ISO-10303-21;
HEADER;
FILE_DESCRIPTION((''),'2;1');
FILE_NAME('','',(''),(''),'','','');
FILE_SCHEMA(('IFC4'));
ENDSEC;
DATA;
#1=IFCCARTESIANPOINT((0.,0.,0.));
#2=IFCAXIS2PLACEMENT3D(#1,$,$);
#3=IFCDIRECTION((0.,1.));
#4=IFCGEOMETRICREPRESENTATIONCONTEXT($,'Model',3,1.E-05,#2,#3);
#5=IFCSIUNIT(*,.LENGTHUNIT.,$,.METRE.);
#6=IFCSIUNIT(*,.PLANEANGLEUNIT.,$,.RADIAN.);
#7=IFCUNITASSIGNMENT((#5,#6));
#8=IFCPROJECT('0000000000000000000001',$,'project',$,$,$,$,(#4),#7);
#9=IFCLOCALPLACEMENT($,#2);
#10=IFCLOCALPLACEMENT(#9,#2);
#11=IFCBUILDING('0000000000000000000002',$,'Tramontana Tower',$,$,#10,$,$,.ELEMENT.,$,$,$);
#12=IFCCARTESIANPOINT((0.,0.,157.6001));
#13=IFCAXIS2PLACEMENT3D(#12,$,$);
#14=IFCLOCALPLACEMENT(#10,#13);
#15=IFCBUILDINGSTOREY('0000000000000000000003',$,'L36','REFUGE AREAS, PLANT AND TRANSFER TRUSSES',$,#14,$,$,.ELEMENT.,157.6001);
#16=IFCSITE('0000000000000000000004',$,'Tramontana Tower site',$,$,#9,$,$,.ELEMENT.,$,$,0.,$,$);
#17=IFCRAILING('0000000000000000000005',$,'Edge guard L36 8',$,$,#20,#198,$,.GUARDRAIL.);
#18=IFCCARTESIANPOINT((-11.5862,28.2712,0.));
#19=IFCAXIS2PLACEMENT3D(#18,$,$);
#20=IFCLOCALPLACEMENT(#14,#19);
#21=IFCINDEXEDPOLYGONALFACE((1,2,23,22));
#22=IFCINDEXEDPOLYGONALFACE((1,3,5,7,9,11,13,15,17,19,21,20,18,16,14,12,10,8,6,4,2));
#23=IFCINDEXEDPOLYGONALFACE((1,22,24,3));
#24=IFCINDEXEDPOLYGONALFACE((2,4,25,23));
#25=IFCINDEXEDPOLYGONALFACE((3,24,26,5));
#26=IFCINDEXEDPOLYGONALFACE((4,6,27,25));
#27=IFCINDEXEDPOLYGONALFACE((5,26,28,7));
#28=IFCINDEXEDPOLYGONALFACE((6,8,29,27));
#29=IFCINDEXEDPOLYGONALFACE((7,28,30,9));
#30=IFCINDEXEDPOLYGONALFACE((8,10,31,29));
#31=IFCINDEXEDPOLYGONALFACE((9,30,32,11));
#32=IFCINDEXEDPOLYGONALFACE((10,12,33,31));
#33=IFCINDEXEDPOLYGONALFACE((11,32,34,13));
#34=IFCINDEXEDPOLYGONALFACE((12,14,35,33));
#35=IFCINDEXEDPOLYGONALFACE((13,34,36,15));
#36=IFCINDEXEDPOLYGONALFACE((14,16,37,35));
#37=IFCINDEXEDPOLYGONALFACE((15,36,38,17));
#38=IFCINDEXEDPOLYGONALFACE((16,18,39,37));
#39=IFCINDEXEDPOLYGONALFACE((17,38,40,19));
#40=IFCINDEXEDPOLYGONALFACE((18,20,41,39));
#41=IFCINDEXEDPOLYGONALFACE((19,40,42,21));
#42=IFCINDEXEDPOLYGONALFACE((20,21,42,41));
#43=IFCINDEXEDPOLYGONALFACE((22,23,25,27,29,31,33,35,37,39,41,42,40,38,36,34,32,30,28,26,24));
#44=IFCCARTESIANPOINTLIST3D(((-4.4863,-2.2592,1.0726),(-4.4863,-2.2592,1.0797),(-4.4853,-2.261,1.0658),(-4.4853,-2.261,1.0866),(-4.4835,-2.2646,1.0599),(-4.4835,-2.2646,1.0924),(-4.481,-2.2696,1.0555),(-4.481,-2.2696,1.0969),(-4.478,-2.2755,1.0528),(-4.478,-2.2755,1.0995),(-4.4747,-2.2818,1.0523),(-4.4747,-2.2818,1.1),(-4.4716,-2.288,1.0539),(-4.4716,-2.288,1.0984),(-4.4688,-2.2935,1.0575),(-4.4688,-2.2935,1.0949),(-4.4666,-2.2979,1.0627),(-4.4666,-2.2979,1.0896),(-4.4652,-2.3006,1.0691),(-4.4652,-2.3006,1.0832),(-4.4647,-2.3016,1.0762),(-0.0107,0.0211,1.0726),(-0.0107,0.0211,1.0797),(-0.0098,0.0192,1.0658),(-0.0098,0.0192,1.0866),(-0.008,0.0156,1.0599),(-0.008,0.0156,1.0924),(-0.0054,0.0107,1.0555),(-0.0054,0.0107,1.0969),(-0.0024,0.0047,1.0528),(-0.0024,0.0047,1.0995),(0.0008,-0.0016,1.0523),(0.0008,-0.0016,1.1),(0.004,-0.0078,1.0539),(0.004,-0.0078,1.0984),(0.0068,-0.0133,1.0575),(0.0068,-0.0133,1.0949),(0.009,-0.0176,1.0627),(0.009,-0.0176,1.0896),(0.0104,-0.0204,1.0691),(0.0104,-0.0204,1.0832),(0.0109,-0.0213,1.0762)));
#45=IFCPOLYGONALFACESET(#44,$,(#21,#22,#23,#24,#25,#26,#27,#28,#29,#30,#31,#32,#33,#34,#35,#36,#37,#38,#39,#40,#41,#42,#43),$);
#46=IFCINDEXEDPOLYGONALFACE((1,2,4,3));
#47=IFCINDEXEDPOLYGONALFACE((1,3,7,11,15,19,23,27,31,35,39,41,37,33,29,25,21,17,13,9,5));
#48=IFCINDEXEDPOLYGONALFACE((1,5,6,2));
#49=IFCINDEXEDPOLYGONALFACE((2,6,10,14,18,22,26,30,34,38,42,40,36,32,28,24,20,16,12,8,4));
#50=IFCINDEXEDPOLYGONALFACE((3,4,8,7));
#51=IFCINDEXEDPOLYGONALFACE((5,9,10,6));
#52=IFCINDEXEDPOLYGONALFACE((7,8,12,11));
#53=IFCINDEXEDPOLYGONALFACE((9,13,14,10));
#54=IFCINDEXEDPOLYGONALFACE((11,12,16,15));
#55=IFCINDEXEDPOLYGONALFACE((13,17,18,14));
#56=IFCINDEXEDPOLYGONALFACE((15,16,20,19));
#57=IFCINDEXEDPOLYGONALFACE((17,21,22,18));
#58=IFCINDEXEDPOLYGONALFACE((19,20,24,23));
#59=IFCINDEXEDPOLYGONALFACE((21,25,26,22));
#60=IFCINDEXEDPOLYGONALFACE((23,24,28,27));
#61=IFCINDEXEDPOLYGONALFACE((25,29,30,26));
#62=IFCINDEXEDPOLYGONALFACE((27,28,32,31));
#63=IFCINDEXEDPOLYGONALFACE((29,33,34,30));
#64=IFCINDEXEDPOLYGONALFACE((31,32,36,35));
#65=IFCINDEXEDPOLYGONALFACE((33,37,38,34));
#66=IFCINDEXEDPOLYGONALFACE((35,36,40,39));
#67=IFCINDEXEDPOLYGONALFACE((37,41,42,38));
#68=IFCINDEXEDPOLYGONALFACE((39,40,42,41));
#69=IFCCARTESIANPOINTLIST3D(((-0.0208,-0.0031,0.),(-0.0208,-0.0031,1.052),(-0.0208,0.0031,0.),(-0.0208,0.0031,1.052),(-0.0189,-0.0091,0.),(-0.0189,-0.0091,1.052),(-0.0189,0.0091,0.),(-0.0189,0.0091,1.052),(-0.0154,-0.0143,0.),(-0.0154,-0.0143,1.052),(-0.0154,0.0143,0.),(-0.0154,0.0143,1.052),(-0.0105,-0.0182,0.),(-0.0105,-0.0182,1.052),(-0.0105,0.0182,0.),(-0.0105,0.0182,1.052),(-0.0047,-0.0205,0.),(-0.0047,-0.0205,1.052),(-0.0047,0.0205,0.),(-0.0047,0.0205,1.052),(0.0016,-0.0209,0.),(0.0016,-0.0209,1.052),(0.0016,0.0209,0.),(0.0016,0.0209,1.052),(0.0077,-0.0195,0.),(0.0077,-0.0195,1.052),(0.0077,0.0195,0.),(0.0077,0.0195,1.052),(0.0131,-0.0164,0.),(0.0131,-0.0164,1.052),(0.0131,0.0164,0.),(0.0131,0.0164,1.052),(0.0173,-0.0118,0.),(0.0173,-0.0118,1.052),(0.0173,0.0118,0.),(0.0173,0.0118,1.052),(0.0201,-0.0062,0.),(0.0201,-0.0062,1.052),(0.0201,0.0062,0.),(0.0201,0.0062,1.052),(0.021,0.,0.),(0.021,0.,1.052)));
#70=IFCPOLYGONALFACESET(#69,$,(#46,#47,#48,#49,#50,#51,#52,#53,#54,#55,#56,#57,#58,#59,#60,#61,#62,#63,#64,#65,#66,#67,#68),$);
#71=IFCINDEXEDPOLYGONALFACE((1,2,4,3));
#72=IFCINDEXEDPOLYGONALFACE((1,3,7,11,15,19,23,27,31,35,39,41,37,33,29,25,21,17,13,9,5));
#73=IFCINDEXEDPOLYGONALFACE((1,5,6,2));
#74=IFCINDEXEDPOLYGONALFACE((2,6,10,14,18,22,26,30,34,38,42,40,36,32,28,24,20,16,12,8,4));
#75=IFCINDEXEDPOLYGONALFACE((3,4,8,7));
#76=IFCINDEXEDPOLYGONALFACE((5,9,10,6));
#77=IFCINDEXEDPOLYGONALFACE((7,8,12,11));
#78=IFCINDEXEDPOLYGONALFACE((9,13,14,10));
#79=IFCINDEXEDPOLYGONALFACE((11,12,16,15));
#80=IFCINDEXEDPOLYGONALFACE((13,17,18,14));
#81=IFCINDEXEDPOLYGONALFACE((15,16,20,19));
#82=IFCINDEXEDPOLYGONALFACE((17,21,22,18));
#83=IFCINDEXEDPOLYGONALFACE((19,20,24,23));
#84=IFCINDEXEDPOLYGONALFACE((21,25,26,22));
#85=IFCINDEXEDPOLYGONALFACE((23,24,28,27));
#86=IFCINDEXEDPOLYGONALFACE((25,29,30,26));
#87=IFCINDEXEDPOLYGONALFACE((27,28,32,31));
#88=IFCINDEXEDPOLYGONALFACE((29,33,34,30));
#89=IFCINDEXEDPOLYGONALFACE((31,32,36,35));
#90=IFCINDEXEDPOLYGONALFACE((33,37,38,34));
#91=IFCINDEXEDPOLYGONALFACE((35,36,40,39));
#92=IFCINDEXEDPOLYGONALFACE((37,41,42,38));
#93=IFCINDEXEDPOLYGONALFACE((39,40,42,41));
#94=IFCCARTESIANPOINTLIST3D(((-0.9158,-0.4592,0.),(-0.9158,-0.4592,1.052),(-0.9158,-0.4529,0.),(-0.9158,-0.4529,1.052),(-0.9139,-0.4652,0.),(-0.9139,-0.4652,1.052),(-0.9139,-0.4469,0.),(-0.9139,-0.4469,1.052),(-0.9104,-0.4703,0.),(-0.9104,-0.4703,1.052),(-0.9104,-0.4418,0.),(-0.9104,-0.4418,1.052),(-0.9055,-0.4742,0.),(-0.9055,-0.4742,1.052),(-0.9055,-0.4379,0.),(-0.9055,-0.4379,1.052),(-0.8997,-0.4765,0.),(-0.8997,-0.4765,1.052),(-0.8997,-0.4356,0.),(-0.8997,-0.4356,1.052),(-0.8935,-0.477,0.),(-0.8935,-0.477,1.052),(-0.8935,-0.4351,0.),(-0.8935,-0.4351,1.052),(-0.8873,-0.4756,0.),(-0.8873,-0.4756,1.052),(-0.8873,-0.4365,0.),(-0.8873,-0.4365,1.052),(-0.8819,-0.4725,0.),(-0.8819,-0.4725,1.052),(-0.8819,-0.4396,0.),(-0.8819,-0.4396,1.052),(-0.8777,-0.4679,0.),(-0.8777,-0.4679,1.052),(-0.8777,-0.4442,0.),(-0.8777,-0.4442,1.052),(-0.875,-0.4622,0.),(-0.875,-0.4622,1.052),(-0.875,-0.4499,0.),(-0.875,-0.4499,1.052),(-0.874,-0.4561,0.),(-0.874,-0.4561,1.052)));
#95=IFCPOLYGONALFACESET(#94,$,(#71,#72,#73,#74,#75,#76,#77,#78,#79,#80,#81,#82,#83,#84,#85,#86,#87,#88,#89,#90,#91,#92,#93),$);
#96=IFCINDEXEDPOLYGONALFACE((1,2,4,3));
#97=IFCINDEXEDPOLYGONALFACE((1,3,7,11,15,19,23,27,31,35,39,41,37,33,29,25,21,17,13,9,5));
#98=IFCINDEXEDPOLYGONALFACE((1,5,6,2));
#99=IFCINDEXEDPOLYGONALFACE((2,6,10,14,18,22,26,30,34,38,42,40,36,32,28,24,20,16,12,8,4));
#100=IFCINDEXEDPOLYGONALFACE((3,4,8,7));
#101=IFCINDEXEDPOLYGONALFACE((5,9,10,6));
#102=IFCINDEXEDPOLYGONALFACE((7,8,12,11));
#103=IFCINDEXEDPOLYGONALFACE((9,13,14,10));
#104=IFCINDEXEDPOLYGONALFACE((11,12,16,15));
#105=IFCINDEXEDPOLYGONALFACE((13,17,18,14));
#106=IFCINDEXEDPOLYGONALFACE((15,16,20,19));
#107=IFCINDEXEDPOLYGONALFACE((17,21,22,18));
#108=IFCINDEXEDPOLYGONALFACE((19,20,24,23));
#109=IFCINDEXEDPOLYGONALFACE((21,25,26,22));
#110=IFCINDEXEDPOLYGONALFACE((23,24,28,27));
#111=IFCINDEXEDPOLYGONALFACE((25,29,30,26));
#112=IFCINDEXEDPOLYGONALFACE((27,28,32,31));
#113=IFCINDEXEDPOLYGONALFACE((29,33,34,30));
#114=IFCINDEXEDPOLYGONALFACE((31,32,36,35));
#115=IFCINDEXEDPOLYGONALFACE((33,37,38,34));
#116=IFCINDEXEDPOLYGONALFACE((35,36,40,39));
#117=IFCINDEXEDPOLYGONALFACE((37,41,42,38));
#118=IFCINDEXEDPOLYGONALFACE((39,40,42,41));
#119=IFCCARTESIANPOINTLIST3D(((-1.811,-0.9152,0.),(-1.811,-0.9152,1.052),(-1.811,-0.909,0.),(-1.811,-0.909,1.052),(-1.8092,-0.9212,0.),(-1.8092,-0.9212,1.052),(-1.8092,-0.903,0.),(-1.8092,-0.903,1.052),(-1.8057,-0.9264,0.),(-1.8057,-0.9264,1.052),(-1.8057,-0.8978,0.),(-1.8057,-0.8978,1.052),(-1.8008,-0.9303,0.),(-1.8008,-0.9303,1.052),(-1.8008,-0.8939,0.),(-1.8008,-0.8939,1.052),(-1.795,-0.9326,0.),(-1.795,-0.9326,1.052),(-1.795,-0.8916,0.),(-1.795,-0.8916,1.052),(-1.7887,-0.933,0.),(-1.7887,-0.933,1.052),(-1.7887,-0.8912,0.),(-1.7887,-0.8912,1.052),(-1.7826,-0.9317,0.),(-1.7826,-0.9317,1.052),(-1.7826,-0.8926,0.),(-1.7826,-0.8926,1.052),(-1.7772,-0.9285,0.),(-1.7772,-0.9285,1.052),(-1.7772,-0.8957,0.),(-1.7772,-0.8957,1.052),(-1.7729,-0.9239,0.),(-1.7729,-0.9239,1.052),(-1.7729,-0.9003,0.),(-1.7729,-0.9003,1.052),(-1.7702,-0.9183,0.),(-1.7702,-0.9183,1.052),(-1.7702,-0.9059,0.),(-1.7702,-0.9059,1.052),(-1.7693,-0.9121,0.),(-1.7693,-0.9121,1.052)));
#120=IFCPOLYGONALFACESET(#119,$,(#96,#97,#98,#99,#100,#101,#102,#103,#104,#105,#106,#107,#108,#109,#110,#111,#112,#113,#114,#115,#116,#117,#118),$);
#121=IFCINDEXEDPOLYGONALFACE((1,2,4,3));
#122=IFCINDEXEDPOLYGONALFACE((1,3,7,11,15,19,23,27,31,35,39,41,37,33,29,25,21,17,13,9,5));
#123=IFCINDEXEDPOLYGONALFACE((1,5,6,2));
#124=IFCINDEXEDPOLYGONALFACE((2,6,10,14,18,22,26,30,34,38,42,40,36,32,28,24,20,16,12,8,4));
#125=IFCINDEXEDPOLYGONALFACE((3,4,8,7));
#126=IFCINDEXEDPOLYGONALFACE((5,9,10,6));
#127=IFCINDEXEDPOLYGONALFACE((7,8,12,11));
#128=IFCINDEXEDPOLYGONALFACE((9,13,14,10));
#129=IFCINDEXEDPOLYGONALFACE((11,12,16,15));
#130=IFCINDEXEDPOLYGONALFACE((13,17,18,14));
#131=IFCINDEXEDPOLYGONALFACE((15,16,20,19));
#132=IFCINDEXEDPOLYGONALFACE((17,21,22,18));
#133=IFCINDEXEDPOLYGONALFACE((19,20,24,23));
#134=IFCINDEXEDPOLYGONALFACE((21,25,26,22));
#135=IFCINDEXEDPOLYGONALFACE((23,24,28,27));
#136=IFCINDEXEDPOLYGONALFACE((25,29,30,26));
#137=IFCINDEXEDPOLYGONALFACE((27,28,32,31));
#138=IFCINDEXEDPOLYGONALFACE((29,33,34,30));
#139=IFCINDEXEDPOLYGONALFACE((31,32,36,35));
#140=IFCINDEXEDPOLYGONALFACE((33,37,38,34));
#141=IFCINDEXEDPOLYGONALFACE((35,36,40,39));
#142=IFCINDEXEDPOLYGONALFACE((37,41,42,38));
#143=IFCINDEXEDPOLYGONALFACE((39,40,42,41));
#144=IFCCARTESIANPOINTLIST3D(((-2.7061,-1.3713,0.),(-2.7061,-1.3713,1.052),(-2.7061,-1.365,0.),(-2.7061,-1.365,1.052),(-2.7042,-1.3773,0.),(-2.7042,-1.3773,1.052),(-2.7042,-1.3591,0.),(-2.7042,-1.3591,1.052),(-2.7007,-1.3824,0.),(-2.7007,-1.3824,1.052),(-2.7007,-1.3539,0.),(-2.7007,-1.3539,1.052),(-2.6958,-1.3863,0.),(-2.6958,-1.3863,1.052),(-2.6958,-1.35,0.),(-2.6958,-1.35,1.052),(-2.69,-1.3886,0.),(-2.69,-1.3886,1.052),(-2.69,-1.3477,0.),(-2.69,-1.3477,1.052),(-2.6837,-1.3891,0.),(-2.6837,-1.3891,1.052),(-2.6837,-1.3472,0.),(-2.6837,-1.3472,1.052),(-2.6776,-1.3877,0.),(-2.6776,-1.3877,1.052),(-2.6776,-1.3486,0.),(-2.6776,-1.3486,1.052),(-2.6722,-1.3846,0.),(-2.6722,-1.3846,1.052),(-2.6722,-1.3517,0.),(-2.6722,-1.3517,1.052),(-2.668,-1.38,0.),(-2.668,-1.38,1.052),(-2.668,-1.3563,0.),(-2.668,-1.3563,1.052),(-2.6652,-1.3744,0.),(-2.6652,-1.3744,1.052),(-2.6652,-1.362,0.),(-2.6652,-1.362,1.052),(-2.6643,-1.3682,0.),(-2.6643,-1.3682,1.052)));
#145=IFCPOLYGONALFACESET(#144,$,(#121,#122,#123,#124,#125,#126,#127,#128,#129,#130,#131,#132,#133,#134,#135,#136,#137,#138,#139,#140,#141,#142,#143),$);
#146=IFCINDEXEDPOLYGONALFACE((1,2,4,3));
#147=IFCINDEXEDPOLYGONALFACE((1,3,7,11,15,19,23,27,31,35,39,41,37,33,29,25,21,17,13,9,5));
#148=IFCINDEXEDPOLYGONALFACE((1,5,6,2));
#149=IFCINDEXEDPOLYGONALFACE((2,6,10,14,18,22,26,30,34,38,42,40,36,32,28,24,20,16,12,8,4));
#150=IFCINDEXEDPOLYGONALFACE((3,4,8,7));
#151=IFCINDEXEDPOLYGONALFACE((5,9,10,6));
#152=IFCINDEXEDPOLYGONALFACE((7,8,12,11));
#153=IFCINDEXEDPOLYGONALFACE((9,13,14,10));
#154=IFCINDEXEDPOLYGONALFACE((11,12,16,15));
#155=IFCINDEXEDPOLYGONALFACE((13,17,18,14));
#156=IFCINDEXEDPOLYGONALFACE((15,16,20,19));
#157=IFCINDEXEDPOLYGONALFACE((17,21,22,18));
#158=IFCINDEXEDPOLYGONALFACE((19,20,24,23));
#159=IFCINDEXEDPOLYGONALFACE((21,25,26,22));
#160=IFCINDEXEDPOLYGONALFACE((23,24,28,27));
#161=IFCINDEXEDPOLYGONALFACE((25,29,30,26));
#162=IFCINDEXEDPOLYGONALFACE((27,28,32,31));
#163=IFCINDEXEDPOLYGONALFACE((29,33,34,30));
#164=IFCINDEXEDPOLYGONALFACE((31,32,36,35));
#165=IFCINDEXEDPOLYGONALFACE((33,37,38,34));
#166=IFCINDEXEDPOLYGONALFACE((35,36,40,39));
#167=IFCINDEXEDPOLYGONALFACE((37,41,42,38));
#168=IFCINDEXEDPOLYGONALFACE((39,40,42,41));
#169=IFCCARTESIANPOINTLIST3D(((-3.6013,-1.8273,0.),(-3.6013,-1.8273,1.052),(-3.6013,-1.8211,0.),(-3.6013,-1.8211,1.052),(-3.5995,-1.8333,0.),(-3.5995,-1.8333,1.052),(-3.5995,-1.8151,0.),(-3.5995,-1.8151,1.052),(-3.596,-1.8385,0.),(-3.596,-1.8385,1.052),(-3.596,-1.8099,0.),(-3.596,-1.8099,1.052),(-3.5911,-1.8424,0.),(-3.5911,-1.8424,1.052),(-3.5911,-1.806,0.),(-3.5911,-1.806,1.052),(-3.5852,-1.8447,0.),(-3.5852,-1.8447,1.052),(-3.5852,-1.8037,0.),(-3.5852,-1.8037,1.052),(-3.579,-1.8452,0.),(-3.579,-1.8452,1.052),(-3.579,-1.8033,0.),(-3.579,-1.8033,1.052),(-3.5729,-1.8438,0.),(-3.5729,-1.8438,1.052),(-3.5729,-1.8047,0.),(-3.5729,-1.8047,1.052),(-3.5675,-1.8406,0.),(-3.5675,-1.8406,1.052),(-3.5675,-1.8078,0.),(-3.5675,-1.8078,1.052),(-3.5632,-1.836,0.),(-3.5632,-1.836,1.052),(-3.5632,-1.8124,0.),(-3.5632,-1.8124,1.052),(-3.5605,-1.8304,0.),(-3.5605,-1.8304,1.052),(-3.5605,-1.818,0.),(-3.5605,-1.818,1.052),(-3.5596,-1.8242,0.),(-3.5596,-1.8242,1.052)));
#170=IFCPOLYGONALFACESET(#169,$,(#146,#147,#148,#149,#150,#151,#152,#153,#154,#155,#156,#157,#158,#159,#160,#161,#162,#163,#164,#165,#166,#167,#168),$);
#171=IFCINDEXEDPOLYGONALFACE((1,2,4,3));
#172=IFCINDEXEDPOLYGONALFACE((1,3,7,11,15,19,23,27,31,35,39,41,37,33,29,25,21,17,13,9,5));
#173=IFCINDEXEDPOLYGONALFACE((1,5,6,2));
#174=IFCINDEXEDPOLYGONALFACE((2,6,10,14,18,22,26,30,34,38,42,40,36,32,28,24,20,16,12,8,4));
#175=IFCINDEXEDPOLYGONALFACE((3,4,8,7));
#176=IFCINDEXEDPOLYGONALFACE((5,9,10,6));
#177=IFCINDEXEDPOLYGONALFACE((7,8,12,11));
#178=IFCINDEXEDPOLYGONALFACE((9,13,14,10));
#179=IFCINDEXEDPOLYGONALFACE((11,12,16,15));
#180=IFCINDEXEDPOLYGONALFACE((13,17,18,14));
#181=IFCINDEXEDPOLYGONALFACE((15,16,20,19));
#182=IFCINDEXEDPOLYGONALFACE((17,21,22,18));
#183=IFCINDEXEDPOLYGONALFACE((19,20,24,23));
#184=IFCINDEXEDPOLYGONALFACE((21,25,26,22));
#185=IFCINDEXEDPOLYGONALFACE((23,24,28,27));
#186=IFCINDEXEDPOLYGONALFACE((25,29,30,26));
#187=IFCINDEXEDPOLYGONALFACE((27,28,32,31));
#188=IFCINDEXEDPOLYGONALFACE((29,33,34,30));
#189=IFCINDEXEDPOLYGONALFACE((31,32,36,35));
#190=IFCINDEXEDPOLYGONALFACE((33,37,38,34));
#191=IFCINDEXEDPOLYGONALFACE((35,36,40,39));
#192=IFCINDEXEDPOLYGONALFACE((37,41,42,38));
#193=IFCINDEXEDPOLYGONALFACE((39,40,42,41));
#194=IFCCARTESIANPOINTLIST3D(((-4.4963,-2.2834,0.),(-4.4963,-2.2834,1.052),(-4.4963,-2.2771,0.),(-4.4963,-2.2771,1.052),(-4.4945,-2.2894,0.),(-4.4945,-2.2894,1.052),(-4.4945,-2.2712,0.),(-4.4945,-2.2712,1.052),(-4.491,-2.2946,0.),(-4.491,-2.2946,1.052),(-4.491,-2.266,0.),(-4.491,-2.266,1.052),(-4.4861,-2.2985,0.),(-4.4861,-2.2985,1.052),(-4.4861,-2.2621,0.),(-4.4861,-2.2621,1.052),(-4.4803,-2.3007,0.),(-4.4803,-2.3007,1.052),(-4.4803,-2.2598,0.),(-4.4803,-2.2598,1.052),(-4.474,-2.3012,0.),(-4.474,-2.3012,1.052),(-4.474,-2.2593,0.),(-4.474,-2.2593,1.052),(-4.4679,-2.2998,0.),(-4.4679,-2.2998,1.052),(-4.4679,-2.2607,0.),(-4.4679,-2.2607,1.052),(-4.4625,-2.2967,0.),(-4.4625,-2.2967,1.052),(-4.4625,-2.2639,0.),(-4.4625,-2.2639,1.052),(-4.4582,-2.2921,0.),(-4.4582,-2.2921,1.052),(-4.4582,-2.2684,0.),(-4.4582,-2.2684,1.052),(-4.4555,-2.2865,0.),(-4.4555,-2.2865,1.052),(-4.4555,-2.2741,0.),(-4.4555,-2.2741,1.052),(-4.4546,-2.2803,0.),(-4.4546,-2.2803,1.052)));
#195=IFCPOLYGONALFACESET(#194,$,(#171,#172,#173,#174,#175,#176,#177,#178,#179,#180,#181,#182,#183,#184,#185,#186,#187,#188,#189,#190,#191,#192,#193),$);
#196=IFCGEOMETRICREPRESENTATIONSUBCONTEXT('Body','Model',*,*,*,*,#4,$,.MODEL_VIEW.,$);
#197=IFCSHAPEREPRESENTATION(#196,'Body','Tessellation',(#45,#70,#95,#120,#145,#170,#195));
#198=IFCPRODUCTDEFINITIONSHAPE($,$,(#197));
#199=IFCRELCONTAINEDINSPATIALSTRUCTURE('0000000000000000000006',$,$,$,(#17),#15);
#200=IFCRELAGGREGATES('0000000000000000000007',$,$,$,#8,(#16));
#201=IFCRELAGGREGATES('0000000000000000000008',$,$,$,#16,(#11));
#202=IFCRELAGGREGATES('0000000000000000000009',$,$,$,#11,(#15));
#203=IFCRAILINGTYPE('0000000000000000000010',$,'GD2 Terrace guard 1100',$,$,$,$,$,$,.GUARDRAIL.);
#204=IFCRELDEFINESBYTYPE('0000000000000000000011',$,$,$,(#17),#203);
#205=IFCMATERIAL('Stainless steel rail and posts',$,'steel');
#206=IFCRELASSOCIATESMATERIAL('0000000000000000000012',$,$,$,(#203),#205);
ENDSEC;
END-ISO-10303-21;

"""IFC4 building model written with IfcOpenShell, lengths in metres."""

from ifc_helpers import new_model, si_unit, direction, frame, origin, origin_2d, place, context, subcontext, project, spatial, circle, extrude, material, type_object, element, save


model = new_model("IFC4")

# Units and contexts
model_context = context("Model", 3, precision=1e-05, world=origin(), true_north=direction((0.0, 1.0)))
body_context = subcontext(model_context, "Body", "Model", "MODEL_VIEW")
ifc_project = project(units=[si_unit("LENGTHUNIT", "METRE"), si_unit("PLANEANGLEUNIT", "RADIAN")], contexts=[model_context])

# Site, building, storey
site_placement = place(None, origin())
site = spatial("IfcSite", under=ifc_project, at=site_placement, Name="Tramontana Tower site", CompositionType="ELEMENT", RefElevation=0.0)
building_placement = place(site_placement, origin())
building = spatial("IfcBuilding", under=site, at=building_placement, Name="Tramontana Tower", CompositionType="ELEMENT")
storey_placement = place(building_placement, frame((0.0, 0.0, 157.6001)))
storey = spatial("IfcBuildingStorey", under=building, at=storey_placement, Name="L36", Description="REFUGE AREAS, PLANT AND TRANSFER TRUSSES", CompositionType="ELEMENT", Elevation=157.6001)

# Railing
ifc_material_1 = material(Name="Stainless steel rail and posts", Category="steel")
railing_type = type_object("IfcRailingType", Name="GD2 Terrace guard 1100", PredefinedType="GUARDRAIL", material=ifc_material_1)
railing_1_placement = place(storey_placement, frame((-11.5862, 28.2712, 0.0)))
element("IfcRailing", 1, at=railing_1_placement, inside=storey, type_object=railing_type, Name="Edge guard L36 8", PredefinedType="GUARDRAIL", context=body_context, shape_type="SweptSolid", body=[
    extrude(circle(Radius=0.0239, at=origin_2d()), frame((0.0, 0.0, 1.0762), z_axis=(-0.891019, -0.453967, 0.0), x_axis=(0.453967, -0.891019, 0.0)), (0.0, 0.0, 1.0), 5.0229),
    extrude(circle(Radius=0.021, at=origin_2d()), origin(), (0.0, 0.0, 1.0), 1.052),
    extrude(circle(Radius=0.021, at=origin_2d()), frame((-0.895, -0.4561, 0.0)), (0.0, 0.0, 1.0), 1.052),
    extrude(circle(Radius=0.021, at=origin_2d()), frame((-1.7903, -0.9121, 0.0)), (0.0, 0.0, 1.0), 1.052),
    extrude(circle(Radius=0.021, at=origin_2d()), frame((-2.6853, -1.3682, 0.0)), (0.0, 0.0, 1.0), 1.052),
    extrude(circle(Radius=0.021, at=origin_2d()), frame((-3.5806, -1.8242, 0.0)), (0.0, 0.0, 1.0), 1.052),
    extrude(circle(Radius=0.021, at=origin_2d()), frame((-4.4756, -2.2803, 0.0)), (0.0, 0.0, 1.0), 1.052),
])

save(model, "model.ifc")
